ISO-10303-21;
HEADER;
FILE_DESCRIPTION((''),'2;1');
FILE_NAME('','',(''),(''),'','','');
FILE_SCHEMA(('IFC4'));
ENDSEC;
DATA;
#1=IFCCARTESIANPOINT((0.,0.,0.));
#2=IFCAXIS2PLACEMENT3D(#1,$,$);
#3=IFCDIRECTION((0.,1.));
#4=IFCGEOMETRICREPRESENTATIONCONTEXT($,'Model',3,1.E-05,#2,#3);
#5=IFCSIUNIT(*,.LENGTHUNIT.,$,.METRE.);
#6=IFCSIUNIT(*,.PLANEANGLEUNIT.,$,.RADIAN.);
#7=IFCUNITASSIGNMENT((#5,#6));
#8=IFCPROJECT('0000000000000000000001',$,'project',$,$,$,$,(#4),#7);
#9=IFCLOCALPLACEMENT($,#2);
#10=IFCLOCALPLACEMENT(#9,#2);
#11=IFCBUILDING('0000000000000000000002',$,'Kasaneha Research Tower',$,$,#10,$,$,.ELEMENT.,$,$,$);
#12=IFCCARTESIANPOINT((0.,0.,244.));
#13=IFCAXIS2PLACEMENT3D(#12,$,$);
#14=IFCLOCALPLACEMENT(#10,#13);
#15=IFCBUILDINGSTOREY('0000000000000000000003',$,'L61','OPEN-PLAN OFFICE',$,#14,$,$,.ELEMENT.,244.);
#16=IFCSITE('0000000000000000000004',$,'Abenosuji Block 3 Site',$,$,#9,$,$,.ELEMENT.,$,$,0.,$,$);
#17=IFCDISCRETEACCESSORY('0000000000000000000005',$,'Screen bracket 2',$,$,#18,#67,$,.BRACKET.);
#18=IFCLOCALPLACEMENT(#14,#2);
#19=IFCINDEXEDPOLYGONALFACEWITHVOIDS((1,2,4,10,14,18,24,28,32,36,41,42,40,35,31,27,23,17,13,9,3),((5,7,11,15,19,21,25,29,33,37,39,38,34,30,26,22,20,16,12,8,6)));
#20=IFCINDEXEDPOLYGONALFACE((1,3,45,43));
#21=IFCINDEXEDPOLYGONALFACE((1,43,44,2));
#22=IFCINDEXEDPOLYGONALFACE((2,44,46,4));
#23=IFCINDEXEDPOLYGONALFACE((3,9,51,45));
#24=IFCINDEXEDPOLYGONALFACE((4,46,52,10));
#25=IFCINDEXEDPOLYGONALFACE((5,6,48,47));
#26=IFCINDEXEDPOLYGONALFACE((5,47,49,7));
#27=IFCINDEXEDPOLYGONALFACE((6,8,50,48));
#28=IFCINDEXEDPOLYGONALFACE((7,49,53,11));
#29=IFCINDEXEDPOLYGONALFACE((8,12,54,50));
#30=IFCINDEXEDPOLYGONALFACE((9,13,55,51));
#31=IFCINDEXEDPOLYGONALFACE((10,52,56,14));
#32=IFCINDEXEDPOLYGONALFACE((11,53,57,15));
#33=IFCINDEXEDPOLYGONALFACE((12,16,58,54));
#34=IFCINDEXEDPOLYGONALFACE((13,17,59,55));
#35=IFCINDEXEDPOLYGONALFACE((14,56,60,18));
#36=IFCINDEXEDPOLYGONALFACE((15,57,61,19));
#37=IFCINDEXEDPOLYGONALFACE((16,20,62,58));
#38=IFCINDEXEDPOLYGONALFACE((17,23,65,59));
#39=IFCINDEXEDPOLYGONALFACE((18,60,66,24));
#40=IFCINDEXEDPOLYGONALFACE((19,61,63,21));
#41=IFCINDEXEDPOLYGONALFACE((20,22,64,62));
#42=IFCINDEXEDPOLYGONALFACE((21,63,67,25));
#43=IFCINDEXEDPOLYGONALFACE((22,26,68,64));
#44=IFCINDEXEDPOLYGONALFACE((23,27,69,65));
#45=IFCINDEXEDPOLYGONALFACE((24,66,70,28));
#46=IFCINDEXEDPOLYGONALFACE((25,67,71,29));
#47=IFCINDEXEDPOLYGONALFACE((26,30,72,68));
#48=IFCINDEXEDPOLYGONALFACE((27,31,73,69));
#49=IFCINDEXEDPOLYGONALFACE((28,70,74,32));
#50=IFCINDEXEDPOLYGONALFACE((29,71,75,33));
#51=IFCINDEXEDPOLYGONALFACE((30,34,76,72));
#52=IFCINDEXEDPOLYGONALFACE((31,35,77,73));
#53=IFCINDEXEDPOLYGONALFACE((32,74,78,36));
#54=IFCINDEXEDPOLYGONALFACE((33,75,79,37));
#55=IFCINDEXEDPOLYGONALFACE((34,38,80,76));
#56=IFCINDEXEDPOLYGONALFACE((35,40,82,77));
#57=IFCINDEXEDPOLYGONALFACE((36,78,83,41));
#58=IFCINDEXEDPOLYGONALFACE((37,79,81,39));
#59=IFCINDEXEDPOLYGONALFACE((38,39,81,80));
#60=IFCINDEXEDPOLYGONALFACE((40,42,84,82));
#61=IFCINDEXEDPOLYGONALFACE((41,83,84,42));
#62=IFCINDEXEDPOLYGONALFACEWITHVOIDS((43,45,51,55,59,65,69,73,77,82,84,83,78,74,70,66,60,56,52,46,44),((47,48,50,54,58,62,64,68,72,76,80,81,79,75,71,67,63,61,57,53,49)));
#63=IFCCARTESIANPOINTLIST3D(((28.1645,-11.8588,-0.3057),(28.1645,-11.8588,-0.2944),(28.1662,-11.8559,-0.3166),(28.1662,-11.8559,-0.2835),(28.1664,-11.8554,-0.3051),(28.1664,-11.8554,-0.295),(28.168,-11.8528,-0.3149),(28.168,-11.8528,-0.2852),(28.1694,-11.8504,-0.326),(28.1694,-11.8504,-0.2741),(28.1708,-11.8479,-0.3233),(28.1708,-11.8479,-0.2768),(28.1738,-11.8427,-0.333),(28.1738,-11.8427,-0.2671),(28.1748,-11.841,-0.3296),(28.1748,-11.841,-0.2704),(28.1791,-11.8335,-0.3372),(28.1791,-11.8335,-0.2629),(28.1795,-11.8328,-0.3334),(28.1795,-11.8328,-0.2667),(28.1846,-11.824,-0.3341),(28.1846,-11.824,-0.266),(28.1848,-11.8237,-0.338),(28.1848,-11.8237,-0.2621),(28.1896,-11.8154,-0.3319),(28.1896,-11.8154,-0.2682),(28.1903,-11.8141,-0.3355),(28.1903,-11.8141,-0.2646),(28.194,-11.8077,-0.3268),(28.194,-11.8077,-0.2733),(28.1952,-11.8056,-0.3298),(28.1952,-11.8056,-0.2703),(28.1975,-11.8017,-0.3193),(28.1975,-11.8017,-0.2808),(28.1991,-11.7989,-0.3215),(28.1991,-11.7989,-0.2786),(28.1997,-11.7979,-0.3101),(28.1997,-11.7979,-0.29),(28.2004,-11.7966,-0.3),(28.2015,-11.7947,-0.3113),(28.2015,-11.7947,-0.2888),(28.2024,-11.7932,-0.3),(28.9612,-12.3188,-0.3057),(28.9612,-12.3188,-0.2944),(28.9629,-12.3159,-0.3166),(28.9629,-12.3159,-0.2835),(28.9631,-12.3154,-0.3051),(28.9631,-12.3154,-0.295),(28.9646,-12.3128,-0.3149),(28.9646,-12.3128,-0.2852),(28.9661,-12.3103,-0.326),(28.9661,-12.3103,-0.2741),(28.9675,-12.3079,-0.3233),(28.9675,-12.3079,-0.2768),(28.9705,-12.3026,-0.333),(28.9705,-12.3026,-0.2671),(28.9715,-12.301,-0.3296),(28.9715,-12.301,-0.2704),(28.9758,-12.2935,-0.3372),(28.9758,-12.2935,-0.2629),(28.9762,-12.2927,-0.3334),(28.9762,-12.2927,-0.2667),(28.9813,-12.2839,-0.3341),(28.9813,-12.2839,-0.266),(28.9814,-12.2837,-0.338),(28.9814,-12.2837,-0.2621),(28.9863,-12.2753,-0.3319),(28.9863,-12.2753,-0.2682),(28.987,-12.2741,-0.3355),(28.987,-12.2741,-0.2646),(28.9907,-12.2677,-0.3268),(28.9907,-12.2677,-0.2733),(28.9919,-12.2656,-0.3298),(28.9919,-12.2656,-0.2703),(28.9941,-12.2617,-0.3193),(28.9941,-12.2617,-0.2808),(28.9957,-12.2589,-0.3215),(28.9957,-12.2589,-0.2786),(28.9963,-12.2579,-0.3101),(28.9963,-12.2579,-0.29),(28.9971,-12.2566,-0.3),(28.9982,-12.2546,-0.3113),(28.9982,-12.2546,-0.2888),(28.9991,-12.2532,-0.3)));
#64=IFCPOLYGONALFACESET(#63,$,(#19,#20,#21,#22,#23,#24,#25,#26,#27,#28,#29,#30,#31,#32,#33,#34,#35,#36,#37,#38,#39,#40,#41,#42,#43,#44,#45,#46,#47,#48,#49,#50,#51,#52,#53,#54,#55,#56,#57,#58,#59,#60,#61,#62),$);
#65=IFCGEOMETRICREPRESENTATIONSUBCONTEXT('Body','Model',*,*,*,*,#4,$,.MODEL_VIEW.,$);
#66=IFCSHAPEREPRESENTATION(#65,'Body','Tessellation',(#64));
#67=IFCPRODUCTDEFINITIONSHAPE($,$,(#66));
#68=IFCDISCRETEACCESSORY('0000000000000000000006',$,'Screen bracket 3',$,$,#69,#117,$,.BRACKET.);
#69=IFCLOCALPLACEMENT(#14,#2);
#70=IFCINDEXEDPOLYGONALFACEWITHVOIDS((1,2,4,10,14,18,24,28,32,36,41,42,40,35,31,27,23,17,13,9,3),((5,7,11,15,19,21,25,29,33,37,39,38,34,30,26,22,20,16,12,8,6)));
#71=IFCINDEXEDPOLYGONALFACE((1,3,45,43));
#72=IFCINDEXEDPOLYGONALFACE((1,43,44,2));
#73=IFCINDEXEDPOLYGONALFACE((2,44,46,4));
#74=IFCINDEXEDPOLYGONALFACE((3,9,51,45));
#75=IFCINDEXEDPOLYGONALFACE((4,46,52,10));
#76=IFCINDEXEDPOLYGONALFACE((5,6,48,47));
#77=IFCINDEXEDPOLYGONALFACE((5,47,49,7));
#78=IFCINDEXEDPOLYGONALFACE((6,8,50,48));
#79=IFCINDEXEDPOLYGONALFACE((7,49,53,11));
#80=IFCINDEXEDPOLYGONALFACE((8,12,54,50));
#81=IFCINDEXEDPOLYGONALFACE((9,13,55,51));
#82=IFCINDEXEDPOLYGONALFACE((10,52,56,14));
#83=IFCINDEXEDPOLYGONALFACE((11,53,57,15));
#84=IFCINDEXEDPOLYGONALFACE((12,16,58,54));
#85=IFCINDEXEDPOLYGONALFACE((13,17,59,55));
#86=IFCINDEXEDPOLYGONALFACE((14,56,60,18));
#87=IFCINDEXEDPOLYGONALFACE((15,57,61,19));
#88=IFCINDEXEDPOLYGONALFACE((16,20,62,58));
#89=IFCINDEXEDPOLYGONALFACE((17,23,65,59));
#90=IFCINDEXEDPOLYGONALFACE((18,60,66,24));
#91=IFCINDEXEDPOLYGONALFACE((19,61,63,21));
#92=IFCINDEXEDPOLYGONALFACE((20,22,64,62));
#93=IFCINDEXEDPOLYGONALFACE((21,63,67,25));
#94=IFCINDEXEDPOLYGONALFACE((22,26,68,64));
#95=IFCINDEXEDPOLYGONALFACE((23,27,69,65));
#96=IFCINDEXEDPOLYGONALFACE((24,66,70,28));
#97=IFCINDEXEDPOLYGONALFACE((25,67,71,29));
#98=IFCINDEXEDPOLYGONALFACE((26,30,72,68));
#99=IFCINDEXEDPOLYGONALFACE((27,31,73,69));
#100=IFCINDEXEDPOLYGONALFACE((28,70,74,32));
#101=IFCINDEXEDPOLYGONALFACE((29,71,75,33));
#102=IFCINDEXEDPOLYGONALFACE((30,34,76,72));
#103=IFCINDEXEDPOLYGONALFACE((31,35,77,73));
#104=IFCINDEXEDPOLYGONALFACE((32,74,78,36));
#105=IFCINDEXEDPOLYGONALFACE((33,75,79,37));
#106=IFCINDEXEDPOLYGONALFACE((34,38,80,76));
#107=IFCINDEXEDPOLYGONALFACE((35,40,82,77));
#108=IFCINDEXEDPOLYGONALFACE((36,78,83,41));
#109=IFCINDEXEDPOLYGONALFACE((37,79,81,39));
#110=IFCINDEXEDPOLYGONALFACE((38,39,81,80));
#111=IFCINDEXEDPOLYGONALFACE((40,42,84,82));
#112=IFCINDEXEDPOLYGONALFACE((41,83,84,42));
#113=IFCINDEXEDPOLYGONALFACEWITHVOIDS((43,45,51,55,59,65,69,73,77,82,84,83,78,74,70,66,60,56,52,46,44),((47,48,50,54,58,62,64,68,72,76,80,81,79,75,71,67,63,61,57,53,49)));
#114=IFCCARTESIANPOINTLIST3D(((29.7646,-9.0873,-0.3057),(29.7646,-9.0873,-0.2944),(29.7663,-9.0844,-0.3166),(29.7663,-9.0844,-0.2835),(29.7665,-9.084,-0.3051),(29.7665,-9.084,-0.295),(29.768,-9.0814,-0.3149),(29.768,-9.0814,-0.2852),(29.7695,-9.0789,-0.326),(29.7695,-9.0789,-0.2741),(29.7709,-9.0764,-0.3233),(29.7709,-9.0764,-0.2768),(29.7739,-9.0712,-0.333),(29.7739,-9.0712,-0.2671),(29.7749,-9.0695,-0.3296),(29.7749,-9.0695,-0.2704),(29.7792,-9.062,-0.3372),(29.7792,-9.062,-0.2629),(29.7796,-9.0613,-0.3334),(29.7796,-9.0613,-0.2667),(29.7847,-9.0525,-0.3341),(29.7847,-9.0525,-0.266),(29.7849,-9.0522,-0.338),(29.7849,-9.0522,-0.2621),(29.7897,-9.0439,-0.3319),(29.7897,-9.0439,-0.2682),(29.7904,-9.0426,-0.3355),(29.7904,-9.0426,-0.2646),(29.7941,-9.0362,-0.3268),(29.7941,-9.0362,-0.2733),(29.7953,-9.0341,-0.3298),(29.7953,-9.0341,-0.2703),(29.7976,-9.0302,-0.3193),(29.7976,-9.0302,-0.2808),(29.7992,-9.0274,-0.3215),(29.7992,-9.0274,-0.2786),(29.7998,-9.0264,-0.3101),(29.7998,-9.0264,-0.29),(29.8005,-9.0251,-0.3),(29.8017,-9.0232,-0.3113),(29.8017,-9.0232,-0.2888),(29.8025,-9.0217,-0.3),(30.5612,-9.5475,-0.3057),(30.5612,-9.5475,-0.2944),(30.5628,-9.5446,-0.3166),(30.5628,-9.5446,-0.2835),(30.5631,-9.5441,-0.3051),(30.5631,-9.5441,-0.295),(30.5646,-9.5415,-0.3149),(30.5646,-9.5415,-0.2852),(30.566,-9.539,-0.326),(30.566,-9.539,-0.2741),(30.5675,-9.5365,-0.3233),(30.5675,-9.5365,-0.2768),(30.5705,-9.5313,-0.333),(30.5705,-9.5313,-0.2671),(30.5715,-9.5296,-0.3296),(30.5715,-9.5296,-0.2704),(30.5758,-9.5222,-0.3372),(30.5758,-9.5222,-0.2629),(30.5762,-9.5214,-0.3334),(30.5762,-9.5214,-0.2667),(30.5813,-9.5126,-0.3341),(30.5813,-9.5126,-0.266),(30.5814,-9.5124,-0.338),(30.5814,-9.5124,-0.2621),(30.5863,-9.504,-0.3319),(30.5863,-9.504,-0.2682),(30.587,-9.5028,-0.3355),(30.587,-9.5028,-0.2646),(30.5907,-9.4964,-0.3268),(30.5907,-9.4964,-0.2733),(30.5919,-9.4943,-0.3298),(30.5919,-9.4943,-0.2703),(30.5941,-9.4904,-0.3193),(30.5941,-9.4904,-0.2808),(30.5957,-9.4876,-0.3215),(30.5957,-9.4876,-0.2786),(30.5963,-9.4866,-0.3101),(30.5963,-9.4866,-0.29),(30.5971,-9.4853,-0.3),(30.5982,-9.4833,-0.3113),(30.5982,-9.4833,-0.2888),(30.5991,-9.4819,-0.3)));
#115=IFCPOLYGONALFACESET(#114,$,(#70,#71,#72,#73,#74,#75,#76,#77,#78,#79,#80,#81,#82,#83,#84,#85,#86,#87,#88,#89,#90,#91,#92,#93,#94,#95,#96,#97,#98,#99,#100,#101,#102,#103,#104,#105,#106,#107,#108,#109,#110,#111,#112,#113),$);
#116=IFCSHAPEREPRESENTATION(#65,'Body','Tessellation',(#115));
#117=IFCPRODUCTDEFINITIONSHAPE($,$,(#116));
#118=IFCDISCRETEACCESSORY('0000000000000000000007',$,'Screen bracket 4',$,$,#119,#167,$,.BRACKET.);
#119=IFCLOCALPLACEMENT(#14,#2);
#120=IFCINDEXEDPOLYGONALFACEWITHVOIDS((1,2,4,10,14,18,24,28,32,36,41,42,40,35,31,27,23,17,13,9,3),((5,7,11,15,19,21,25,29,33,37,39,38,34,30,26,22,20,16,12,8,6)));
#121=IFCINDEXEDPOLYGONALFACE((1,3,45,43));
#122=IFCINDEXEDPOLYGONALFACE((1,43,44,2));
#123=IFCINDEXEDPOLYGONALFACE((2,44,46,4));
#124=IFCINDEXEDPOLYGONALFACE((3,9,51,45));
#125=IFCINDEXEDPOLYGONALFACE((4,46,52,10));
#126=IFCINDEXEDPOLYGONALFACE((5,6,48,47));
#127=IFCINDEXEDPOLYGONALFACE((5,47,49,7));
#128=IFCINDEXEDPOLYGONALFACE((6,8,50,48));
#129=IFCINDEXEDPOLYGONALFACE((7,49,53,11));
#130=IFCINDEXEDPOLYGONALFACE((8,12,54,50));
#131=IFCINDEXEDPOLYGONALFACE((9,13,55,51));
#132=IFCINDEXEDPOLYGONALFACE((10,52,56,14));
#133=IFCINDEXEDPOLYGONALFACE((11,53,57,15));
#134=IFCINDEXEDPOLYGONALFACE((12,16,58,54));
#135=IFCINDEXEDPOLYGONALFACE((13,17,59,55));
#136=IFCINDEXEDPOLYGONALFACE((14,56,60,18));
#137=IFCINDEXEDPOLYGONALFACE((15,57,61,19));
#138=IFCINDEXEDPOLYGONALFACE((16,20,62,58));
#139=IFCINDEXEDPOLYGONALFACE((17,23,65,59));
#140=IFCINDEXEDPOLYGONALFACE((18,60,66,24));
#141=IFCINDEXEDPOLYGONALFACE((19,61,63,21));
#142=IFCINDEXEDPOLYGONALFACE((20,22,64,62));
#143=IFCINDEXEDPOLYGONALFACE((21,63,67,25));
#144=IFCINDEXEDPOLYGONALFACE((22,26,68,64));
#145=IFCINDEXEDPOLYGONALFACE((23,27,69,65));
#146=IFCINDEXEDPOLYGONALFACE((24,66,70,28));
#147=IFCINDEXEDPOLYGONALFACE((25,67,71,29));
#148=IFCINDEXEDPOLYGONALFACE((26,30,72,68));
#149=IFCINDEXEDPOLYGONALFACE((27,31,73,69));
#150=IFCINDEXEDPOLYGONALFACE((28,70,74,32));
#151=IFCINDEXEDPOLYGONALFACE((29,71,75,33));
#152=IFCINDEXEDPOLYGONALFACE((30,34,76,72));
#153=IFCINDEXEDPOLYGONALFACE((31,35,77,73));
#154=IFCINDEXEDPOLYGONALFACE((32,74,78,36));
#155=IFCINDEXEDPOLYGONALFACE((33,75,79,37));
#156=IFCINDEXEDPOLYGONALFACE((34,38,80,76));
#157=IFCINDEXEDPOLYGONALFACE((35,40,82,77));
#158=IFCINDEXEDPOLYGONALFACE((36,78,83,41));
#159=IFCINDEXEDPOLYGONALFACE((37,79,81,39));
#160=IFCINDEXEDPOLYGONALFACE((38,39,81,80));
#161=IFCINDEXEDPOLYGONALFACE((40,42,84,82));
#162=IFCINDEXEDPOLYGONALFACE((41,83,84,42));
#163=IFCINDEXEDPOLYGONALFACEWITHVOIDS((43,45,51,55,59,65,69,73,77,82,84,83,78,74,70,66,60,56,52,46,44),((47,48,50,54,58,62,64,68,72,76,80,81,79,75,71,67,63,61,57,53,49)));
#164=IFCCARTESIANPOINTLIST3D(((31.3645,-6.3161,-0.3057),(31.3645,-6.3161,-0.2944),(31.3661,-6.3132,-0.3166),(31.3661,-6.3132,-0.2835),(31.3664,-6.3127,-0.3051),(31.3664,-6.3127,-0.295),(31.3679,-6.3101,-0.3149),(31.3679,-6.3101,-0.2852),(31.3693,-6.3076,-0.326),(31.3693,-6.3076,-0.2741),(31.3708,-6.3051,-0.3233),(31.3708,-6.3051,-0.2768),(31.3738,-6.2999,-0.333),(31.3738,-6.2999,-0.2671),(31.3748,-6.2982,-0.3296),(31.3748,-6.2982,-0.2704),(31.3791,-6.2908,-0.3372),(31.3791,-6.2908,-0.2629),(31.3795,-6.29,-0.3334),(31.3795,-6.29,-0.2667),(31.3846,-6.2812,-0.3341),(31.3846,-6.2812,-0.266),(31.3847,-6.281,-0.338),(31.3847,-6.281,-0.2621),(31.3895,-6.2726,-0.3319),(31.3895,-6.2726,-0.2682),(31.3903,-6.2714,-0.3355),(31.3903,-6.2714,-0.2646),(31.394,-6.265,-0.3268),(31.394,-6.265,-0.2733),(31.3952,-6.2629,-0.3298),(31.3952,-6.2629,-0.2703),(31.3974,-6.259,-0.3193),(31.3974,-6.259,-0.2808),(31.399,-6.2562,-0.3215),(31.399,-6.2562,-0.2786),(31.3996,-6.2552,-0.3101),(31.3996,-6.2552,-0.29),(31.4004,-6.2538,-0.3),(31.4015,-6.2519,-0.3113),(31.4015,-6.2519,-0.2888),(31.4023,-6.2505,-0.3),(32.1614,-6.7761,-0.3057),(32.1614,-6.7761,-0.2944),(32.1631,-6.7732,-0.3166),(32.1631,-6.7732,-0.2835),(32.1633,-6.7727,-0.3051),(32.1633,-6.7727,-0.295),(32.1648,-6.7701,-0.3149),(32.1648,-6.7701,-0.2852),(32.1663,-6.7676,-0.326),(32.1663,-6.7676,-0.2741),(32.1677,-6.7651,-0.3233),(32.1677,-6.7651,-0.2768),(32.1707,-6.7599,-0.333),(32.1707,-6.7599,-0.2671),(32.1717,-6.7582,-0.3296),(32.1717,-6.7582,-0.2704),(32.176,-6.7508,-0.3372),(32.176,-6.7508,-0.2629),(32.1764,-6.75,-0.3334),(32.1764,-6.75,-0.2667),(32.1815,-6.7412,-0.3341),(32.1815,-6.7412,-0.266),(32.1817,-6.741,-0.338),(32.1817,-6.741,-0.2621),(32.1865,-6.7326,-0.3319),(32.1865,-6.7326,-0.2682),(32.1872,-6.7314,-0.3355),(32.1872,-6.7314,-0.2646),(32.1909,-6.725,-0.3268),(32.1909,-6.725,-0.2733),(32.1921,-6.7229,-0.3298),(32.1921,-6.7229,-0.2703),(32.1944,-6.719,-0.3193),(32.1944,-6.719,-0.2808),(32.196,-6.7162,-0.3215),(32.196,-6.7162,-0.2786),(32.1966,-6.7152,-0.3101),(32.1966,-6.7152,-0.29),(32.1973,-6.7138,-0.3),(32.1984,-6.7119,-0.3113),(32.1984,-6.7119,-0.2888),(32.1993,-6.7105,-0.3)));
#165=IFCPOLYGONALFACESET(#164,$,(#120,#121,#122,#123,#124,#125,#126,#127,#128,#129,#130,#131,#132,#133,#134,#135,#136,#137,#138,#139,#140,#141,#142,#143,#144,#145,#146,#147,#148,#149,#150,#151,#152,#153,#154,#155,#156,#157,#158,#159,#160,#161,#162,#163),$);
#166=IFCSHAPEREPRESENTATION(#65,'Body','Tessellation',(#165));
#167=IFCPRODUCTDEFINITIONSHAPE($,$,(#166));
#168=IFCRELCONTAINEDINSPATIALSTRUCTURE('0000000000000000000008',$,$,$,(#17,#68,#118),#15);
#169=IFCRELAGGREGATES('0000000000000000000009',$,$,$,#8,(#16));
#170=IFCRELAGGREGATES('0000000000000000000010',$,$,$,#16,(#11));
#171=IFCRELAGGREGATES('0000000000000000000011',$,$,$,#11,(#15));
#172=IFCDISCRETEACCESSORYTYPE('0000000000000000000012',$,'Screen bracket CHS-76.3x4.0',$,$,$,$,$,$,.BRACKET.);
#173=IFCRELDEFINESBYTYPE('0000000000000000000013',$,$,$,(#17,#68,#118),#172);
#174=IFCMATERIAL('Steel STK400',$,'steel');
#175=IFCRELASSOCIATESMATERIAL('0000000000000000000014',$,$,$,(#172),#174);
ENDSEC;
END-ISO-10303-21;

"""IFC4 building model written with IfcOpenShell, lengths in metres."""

from ifc_helpers import new_model, si_unit, direction, frame, origin, origin_2d, place, context, subcontext, project, spatial, hollow_circle, extrude, material, material_profile, profile_set, type_object, element, save


model = new_model("IFC4")

# Units and contexts
model_context = context("Model", 3, precision=1e-05, world=origin(), true_north=direction((0.0, 1.0)))
body_context = subcontext(model_context, "Body", "Model", "MODEL_VIEW")
ifc_project = project(units=[si_unit("LENGTHUNIT", "METRE"), si_unit("PLANEANGLEUNIT", "RADIAN")], contexts=[model_context])

# Site, building, storey
site_placement = place(None, origin())
site = spatial("IfcSite", under=ifc_project, at=site_placement, Name="Abenosuji Block 3 Site", CompositionType="ELEMENT", RefElevation=0.0)
building_placement = place(site_placement, origin())
building = spatial("IfcBuilding", under=site, at=building_placement, Name="Kasaneha Research Tower", CompositionType="ELEMENT")
storey_placement = place(building_placement, frame((0.0, 0.0, 244.0)))
storey = spatial("IfcBuildingStorey", under=building, at=storey_placement, Name="L61", Description="OPEN-PLAN OFFICE", CompositionType="ELEMENT", Elevation=244.0)

# Discrete accessories
ifc_material_1 = material(Name="Steel STK400", Category="steel")
ifc_material_profile_1 = material_profile(ifc_material_1, hollow_circle(Radius=0.0381, WallThickness=0.0039, at=origin_2d()), Name="CHS-76.3x4.0")
ifc_profile_set_1 = profile_set([ifc_material_profile_1], Name="Steel STK400")
discrete_accessory_type = type_object("IfcDiscreteAccessoryType", Name="Screen bracket CHS-76.3x4.0", PredefinedType="BRACKET", material=ifc_profile_set_1)
for number, where, z_axis, x_axis, name in (
    (1, (28.1833, -11.8262, -0.3), (0.866013, -0.500021, 0.0), (0.500021, 0.866013, 0.0), "Screen bracket 2"),
    (2, (29.7834, -9.0547, -0.3), (0.865898, -0.50022, 0.0), (0.50022, 0.865898, 0.0), "Screen bracket 3"),
):
    element("IfcDiscreteAccessory", number, at=place(storey_placement, frame(where, z_axis=z_axis, x_axis=x_axis)), inside=storey, type_object=discrete_accessory_type, Name=name, PredefinedType="BRACKET", context=body_context, shape_type="SweptSolid", body=[
        extrude(hollow_circle(Radius=0.0381, WallThickness=0.0039, at=origin_2d()), origin(), (0.0, 0.0, 1.0), 0.9199),
    ])
discrete_accessory_1_placement = place(storey_placement, frame((31.3833, -6.2834, -0.3), z_axis=(0.86608, -0.499906, 0.0), x_axis=(0.499906, 0.86608, 0.0)))
element("IfcDiscreteAccessory", 3, at=discrete_accessory_1_placement, inside=storey, type_object=discrete_accessory_type, Name="Screen bracket 4", PredefinedType="BRACKET", context=body_context, shape_type="SweptSolid", body=[
    extrude(hollow_circle(Radius=0.0381, WallThickness=0.0039, at=origin_2d()), origin(), (0.0, 0.0, 1.0), 0.9202),
])

save(model, "model.ifc")
